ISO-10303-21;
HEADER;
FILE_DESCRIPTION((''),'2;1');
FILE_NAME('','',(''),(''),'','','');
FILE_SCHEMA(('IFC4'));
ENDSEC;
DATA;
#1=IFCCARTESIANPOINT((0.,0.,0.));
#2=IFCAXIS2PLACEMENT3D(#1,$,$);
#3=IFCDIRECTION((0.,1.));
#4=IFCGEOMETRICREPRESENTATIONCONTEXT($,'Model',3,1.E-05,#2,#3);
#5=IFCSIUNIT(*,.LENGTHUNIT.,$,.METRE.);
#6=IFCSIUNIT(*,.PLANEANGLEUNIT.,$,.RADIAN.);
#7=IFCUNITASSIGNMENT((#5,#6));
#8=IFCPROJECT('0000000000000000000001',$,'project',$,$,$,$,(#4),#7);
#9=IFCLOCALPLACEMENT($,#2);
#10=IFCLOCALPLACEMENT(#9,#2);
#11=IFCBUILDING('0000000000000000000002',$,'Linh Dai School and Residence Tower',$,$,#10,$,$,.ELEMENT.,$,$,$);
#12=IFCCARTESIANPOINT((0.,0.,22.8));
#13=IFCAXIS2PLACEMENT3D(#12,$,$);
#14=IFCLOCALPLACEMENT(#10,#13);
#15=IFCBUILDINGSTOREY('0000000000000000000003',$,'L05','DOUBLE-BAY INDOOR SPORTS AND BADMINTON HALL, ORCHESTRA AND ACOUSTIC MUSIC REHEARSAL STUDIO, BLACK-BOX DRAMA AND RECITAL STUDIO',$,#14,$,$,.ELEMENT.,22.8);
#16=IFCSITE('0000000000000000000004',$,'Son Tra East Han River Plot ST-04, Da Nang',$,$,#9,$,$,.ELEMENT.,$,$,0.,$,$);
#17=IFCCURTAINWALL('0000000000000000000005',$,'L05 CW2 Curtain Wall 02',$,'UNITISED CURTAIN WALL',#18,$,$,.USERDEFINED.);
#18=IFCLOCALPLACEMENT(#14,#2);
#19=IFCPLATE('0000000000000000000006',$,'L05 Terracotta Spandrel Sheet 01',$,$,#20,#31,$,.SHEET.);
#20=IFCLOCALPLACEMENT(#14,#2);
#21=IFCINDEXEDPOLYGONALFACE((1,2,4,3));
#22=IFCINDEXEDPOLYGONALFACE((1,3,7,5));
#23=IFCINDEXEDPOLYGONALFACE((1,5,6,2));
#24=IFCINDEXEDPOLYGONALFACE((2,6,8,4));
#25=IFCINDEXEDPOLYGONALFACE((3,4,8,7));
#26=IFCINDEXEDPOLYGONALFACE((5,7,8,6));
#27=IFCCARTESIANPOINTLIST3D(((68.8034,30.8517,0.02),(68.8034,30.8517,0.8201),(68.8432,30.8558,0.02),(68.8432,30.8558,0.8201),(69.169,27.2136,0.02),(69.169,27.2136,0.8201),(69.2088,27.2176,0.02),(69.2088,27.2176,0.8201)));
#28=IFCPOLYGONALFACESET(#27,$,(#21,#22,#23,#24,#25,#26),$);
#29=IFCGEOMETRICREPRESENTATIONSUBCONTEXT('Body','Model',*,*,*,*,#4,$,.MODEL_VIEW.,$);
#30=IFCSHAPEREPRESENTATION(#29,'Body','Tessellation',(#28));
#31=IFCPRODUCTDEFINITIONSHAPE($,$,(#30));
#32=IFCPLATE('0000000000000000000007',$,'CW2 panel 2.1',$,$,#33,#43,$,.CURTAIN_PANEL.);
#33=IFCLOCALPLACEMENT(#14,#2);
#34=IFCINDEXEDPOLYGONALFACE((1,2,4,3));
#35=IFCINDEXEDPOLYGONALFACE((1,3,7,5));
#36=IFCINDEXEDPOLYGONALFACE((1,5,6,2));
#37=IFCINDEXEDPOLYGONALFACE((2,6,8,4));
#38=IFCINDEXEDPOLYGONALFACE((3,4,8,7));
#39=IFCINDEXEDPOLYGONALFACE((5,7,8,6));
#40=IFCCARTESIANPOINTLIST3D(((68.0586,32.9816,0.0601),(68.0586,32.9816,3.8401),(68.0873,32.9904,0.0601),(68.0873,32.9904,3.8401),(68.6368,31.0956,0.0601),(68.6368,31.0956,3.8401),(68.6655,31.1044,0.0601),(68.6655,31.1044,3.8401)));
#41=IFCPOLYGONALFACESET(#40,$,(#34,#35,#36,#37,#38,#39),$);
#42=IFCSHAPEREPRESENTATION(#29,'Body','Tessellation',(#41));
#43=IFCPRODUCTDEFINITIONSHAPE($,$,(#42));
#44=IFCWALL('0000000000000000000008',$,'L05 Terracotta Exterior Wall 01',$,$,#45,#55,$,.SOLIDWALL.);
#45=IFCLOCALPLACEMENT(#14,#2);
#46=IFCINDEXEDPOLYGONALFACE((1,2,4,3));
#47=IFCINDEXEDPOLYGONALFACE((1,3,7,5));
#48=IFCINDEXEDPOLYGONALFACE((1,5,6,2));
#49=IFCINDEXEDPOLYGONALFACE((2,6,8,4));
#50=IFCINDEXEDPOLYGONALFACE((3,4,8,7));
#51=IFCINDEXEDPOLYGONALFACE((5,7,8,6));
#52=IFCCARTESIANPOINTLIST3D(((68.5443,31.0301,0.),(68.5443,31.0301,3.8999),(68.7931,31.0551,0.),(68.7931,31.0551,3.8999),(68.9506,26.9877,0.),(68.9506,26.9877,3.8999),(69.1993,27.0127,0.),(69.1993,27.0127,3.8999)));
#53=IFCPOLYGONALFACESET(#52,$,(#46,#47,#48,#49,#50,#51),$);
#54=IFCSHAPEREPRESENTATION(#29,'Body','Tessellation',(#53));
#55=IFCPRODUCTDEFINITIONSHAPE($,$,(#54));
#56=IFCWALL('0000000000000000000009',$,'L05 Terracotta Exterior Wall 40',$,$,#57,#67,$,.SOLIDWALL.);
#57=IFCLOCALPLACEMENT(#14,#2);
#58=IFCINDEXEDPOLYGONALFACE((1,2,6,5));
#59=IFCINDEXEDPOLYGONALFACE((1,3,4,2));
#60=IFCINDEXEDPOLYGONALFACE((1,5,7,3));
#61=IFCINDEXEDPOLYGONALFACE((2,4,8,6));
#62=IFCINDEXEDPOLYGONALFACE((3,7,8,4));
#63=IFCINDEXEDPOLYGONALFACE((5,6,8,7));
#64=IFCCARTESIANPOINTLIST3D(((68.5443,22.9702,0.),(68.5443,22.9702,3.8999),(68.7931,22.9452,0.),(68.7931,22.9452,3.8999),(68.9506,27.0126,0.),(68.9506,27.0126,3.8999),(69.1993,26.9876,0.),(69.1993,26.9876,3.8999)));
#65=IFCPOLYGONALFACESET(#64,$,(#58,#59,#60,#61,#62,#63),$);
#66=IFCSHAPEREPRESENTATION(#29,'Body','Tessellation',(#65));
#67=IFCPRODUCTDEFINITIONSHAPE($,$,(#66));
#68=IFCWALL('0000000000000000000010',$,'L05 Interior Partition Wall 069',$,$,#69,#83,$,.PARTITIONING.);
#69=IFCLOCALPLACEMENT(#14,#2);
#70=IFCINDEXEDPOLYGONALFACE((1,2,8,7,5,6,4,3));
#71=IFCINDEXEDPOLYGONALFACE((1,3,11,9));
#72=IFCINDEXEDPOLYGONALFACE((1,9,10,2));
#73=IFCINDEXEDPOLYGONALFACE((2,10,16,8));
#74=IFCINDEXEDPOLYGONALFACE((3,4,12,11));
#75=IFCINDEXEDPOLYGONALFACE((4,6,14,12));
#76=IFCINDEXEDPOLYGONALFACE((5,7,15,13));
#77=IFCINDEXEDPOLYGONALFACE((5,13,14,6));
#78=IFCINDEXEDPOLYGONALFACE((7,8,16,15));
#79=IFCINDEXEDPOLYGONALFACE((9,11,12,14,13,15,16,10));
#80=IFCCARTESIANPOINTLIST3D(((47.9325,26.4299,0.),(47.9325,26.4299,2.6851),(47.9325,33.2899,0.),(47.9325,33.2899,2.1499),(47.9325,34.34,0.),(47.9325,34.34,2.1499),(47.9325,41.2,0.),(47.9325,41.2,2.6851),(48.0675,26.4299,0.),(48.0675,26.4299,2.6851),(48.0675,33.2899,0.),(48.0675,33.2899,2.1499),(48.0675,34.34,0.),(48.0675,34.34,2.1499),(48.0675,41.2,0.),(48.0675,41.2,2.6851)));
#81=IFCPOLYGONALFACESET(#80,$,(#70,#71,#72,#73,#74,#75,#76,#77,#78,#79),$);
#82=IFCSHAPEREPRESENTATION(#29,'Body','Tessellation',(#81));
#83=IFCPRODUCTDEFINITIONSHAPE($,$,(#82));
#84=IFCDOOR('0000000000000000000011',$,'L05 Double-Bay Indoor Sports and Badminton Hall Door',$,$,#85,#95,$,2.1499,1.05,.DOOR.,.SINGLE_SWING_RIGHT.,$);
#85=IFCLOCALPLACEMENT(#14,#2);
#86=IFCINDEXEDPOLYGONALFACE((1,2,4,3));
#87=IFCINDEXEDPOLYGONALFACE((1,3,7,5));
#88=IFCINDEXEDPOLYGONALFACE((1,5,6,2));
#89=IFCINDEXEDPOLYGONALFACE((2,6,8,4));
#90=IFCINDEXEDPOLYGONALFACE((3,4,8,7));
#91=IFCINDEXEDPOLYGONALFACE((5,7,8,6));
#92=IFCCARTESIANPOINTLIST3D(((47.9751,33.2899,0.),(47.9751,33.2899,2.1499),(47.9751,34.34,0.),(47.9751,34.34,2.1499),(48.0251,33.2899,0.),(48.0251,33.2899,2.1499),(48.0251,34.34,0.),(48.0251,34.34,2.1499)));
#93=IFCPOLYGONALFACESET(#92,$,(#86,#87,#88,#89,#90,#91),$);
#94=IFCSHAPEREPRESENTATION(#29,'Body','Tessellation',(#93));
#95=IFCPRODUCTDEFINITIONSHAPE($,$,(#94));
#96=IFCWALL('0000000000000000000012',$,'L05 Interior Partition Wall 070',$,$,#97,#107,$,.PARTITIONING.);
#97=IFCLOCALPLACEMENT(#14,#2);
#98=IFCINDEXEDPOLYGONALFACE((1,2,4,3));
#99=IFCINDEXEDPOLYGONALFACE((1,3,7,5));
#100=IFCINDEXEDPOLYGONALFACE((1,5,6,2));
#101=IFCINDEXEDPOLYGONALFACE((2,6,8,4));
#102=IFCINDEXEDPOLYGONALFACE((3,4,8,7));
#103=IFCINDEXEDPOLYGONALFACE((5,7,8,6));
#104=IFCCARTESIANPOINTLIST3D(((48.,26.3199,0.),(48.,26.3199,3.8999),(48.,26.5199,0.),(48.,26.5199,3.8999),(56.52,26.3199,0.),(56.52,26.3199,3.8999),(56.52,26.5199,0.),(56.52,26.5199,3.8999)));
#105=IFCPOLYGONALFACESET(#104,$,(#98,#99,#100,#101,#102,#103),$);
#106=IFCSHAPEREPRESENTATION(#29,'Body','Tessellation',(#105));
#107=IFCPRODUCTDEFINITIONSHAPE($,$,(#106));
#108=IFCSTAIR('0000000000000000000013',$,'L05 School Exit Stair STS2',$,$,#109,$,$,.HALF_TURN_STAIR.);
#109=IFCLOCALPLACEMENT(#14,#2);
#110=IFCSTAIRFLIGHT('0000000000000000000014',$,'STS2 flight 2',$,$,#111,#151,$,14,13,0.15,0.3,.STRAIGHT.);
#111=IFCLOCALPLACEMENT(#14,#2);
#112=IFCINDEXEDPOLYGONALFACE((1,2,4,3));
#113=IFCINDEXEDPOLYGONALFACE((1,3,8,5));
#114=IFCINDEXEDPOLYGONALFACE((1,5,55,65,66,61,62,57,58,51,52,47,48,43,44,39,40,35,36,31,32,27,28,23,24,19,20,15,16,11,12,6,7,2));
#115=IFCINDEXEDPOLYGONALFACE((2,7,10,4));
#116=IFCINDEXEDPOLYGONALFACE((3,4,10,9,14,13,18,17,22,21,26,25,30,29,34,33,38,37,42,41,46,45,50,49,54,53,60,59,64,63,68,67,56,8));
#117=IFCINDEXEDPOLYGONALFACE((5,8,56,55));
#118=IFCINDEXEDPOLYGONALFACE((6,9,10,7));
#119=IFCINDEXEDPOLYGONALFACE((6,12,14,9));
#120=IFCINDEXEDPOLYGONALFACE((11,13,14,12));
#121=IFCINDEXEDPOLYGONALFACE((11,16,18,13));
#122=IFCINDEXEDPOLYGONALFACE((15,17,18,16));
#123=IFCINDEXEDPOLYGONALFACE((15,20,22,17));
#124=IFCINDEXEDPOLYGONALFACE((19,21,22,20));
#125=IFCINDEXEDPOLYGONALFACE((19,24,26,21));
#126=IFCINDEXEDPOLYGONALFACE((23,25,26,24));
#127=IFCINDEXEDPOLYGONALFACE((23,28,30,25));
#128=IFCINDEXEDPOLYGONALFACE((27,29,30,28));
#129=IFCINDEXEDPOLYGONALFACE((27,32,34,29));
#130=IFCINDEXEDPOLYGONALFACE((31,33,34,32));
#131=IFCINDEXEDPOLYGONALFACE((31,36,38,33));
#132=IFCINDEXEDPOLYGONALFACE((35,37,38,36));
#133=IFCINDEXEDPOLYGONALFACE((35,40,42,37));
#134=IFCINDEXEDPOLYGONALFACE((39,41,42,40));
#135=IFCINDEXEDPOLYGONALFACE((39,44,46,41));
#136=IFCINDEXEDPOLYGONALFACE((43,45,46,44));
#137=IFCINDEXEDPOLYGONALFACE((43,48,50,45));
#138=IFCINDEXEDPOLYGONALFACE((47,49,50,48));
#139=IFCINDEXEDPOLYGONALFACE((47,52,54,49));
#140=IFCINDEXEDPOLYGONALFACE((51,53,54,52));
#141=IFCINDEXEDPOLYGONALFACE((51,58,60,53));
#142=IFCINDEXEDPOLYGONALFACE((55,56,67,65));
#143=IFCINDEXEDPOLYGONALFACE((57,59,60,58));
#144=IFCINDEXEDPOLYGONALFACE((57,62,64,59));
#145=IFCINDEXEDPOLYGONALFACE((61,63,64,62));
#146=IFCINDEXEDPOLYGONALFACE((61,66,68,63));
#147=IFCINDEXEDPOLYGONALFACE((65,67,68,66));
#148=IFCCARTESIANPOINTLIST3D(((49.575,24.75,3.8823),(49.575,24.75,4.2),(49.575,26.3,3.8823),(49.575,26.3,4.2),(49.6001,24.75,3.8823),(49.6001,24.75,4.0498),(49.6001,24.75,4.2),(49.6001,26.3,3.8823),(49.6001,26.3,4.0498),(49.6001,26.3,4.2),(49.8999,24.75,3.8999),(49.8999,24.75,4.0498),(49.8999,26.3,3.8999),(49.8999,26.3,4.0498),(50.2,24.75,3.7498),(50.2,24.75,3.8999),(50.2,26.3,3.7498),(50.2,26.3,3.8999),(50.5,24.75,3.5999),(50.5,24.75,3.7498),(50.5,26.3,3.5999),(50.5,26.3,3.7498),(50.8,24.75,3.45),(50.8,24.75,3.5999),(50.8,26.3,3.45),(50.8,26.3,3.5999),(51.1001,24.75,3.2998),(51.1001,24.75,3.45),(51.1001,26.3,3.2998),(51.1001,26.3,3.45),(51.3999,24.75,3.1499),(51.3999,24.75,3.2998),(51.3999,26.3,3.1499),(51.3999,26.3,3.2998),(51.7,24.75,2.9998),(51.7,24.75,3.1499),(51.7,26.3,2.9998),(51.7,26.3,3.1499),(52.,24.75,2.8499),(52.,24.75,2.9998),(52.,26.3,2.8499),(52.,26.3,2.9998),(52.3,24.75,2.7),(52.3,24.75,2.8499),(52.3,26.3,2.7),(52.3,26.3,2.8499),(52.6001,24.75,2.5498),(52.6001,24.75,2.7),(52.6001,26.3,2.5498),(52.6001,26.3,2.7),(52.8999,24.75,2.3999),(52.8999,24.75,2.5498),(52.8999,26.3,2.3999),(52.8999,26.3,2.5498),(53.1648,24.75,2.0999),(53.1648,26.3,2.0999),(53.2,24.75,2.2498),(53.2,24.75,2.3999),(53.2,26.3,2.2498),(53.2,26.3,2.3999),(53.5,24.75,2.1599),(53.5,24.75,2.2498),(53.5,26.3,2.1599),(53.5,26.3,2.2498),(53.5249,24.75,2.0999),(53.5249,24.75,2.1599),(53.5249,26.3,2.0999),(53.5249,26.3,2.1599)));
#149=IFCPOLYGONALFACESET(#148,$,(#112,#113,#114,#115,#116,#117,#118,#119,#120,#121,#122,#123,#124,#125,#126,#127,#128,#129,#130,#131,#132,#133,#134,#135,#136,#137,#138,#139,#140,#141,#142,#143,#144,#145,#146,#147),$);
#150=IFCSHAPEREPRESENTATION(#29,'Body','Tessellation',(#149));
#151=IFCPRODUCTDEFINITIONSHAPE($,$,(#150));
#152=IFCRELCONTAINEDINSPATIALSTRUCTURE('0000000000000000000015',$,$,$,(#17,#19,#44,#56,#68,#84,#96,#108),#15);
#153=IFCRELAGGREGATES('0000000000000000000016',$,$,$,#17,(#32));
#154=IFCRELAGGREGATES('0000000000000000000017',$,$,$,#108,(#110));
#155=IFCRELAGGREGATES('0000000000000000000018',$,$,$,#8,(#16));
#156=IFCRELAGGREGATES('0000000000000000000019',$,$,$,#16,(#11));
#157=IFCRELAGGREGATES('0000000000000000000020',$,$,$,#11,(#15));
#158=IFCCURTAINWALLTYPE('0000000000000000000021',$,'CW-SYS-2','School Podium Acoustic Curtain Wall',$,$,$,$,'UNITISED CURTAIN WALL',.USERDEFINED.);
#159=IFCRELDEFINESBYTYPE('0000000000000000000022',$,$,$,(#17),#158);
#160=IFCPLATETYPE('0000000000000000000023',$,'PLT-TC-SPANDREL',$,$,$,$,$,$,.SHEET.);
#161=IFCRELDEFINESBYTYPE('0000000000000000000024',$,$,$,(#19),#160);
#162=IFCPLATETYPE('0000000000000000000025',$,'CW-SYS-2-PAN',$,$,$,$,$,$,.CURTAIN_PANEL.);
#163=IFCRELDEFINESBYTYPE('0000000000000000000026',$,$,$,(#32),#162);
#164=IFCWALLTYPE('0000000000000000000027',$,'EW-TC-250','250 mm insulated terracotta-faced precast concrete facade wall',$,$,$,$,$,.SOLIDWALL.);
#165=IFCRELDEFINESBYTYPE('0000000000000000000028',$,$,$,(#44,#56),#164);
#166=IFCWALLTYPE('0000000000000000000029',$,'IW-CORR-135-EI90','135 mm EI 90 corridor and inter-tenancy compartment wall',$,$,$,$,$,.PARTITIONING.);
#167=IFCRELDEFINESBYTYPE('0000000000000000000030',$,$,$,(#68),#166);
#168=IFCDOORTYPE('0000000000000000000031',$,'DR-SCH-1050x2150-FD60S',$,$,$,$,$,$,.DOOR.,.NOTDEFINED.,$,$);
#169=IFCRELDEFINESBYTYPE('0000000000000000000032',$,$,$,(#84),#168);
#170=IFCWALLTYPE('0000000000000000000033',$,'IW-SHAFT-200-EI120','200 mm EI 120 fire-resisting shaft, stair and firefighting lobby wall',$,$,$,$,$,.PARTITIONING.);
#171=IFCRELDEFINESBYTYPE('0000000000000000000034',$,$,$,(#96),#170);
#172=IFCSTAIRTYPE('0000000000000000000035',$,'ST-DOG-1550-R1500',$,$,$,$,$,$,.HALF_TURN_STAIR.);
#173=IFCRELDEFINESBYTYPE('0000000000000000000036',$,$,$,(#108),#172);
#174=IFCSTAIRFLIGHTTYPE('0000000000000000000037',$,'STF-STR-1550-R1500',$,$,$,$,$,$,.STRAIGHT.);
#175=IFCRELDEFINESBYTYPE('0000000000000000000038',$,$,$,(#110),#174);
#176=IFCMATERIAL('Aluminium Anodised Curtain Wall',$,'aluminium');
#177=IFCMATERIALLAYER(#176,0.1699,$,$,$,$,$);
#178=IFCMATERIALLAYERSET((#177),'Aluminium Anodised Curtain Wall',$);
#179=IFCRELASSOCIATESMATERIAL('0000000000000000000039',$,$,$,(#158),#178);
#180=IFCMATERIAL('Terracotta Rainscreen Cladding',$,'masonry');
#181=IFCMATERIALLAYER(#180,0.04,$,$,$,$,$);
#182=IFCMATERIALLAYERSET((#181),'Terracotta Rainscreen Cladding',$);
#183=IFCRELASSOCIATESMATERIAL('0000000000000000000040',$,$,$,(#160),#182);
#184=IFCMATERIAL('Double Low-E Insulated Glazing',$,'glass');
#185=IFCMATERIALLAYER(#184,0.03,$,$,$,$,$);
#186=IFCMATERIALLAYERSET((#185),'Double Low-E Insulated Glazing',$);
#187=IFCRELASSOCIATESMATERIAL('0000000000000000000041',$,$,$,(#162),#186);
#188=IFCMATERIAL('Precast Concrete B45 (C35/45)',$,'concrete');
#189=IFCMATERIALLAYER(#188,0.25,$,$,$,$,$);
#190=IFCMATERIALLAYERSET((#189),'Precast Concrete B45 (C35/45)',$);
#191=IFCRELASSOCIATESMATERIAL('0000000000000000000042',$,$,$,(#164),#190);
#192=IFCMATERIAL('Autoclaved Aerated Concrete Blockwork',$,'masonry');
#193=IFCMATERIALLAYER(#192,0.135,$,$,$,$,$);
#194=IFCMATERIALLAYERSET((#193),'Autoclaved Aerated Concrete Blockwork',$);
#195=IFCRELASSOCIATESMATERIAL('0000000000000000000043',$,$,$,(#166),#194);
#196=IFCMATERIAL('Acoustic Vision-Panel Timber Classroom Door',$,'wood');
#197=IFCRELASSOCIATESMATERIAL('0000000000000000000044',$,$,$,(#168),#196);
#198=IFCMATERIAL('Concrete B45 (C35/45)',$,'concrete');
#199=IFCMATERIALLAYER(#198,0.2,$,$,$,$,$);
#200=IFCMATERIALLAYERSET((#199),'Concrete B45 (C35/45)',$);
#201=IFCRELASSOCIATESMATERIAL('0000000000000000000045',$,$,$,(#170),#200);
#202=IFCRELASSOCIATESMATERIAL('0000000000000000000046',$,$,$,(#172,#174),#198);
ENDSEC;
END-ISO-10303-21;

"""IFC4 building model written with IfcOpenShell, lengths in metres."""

from ifc_helpers import new_model, si_unit, direction, frame, frame_2d, origin, origin_2d, place, context, subcontext, project, spatial, polyline, rectangle, outline, extrude, source, transform, mapped, material, layer, layer_set, type_object, element, fill, aggregate, save


model = new_model("IFC4")

# Units and contexts
model_context = context("Model", 3, precision=1e-05, world=origin(), true_north=direction((0.0, 1.0)))
body_context = subcontext(model_context, "Body", "Model", "MODEL_VIEW")
ifc_project = project(units=[si_unit("LENGTHUNIT", "METRE"), si_unit("PLANEANGLEUNIT", "RADIAN")], contexts=[model_context])

# Site, building, storey
site_placement = place(None, origin())
site = spatial("IfcSite", under=ifc_project, at=site_placement, Name="Son Tra East Han River Plot ST-04, Da Nang", CompositionType="ELEMENT", RefElevation=0.0)
building_placement = place(site_placement, origin())
building = spatial("IfcBuilding", under=site, at=building_placement, Name="Linh Dai School and Residence Tower", CompositionType="ELEMENT")
storey_placement = place(building_placement, frame((0.0, 0.0, 22.8)))
storey = spatial("IfcBuildingStorey", under=building, at=storey_placement, Name="L05", Description="DOUBLE-BAY INDOOR SPORTS AND BADMINTON HALL, ORCHESTRA AND ACOUSTIC MUSIC REHEARSAL STUDIO, BLACK-BOX DRAMA AND RECITAL STUDIO", CompositionType="ELEMENT", Elevation=22.8)

# Curtain wall
ifc_material_1 = material(Name="Aluminium Anodised Curtain Wall", Category="aluminium")
ifc_layer_1 = layer(ifc_material_1, 0.1699)
ifc_layer_set_1 = layer_set([ifc_layer_1], Name="Aluminium Anodised Curtain Wall")
curtain_wall_type = type_object("IfcCurtainWallType", Name="CW-SYS-2", Description="School Podium Acoustic Curtain Wall", ElementType="UNITISED CURTAIN WALL", PredefinedType="USERDEFINED", material=ifc_layer_set_1)
curtain_wall_placement = place(storey_placement, origin())
curtain_wall = element("IfcCurtainWall", 1, at=curtain_wall_placement, inside=storey, type_object=curtain_wall_type, Name="L05 CW2 Curtain Wall 02", ObjectType="UNITISED CURTAIN WALL", PredefinedType="USERDEFINED")

# Plates
ifc_material_2 = material(Name="Terracotta Rainscreen Cladding", Category="masonry")
ifc_layer_2 = layer(ifc_material_2, 0.04)
ifc_layer_set_2 = layer_set([ifc_layer_2], Name="Terracotta Rainscreen Cladding")
plate_type_1 = type_object("IfcPlateType", Name="PLT-TC-SPANDREL", PredefinedType="SHEET", material=ifc_layer_set_2)
shared_shape_1 = source(origin(), body_context, "Body", "SweptSolid", [
    extrude(rectangle(XDim=3.6565, YDim=0.04, at=origin_2d()), origin(), (0.0, 0.0, 1.0), 0.8),
])
plate_1_placement = place(storey_placement, frame((69.0061, 29.0347, 0.02), z_axis=(0.0, 0.0, 1.0), x_axis=(0.099995, -0.994988, 0.0)))
element("IfcPlate", 2, at=plate_1_placement, inside=storey, type_object=plate_type_1, Name="L05 Terracotta Spandrel Sheet 01", PredefinedType="SHEET", context=body_context, shape_type="MappedRepresentation", body=[
    mapped(shared_shape_1, transform((0.0, 0.0, 0.0), x_axis=(1.0, 0.0, 0.0), y_axis=(0.0, 1.0, 0.0), z_axis=(0.0, 0.0, 1.0), scale=1.0)),
])
ifc_material_3 = material(Name="Double Low-E Insulated Glazing", Category="glass")
ifc_layer_3 = layer(ifc_material_3, 0.03)
ifc_layer_set_3 = layer_set([ifc_layer_3], Name="Double Low-E Insulated Glazing")
plate_type_2 = type_object("IfcPlateType", Name="CW-SYS-2-PAN", PredefinedType="CURTAIN_PANEL", material=ifc_layer_set_3)
shared_shape_2 = source(origin(), body_context, "Body", "SweptSolid", [
    extrude(rectangle(XDim=1.9727, YDim=0.03, at=origin_2d()), origin(), (0.0, 0.0, 1.0), 3.78),
])
plate_2_placement = place(storey_placement, frame((68.3621, 32.043, 0.0601), z_axis=(0.0, 0.0, 1.0), x_axis=(0.293104, -0.956081, 0.0)))
plate_2 = element("IfcPlate", 3, at=plate_2_placement, type_object=plate_type_2, Name="CW2 panel 2.1", PredefinedType="CURTAIN_PANEL", context=body_context, shape_type="MappedRepresentation", body=[
    mapped(shared_shape_2, transform((0.0, 0.0, 0.0), x_axis=(1.0, 0.0, 0.0), y_axis=(0.0, 1.0, 0.0), z_axis=(0.0, 0.0, 1.0), scale=1.0)),
])
aggregate(curtain_wall, [plate_2])

# Walls
ifc_material_4 = material(Name="Precast Concrete B45 (C35/45)", Category="concrete")
ifc_layer_4 = layer(ifc_material_4, 0.25)
ifc_layer_set_4 = layer_set([ifc_layer_4], Name="Precast Concrete B45 (C35/45)")
wall_type_1 = type_object("IfcWallType", Name="EW-TC-250", Description="250 mm insulated terracotta-faced precast concrete facade wall", PredefinedType="SOLIDWALL", material=ifc_layer_set_4)
for number, where, z_axis, x_axis, name in (
    (4, (68.6687, 31.0425, 0.0), (0.0, 0.0, 1.0), (0.099992, -0.994988, 0.0), "L05 Terracotta Exterior Wall 01"),
    (5, (69.075, 27.0, 0.0), (0.0, 0.0, 1.0), (-0.099992, -0.994988, 0.0), "L05 Terracotta Exterior Wall 40"),
):
    element("IfcWall", number, at=place(storey_placement, frame(where, z_axis=z_axis, x_axis=x_axis)), inside=storey, type_object=wall_type_1, Name=name, PredefinedType="SOLIDWALL", context=body_context, shape_type="SweptSolid", body=[
        extrude(rectangle(XDim=4.0627, YDim=0.25, at=frame_2d((2.0312, 0.0))), origin(), (0.0, 0.0, 1.0), 3.8999),
    ])

# Wall, opening, door
ifc_material_5 = material(Name="Autoclaved Aerated Concrete Blockwork", Category="masonry")
ifc_layer_5 = layer(ifc_material_5, 0.135)
ifc_layer_set_5 = layer_set([ifc_layer_5], Name="Autoclaved Aerated Concrete Blockwork")
wall_type_2 = type_object("IfcWallType", Name="IW-CORR-135-EI90", Description="135 mm EI 90 corridor and inter-tenancy compartment wall", PredefinedType="PARTITIONING", material=ifc_layer_set_5)
wall_1_placement = place(storey_placement, frame((48.0, 26.4299, 0.0), z_axis=(0.0, 0.0, 1.0), x_axis=(0.0, 1.0, 0.0)))
wall_1 = element("IfcWall", 6, at=wall_1_placement, inside=storey, type_object=wall_type_2, Name="L05 Interior Partition Wall 069", PredefinedType="PARTITIONING", context=body_context, shape_type="SweptSolid", body=[
    extrude(rectangle(XDim=14.77, YDim=0.135, at=frame_2d((7.385, 0.0))), origin(), (0.0, 0.0, 1.0), 2.6851),
])
opening_placement = place(wall_1_placement, frame((6.8601, 0.0, 0.0)))
opening = element("IfcOpeningElement", 7, at=opening_placement, cuts=wall_1, PredefinedType="OPENING", context=body_context, shape_type="SweptSolid", body=[
    extrude(rectangle(XDim=1.05, YDim=2.1499, at=origin_2d()), frame((0.5249, 0.0776, 1.075), z_axis=(0.0, -1.0, 0.0), x_axis=(1.0, 0.0, 0.0)), (0.0, 0.0, 1.0), 0.155),
])
ifc_material_6 = material(Name="Acoustic Vision-Panel Timber Classroom Door", Category="wood")
door_type = type_object("IfcDoorType", Name="DR-SCH-1050x2150-FD60S", OperationType="NOTDEFINED", PredefinedType="DOOR", material=ifc_material_6)
shared_shape_3 = source(origin(), body_context, "Body", "SweptSolid", [
    extrude(rectangle(XDim=1.05, YDim=2.1499, at=origin_2d()), frame((0.5249, 0.0249, 1.075), z_axis=(0.0, -1.0, 0.0), x_axis=(1.0, 0.0, 0.0)), (0.0, 0.0, 1.0), 0.05),
])
door_placement = place(opening_placement, origin())
door = element("IfcDoor", 8, at=door_placement, inside=storey, type_object=door_type, Name="L05 Double-Bay Indoor Sports and Badminton Hall Door", OperationType="SINGLE_SWING_RIGHT", OverallHeight=2.1499, OverallWidth=1.05, PredefinedType="DOOR", context=body_context, shape_type="MappedRepresentation", body=[
    mapped(shared_shape_3, transform((0.0, 0.0, 0.0), x_axis=(1.0, 0.0, 0.0), y_axis=(0.0, 1.0, 0.0), z_axis=(0.0, 0.0, 1.0), scale=1.0)),
])
fill(opening, door)

# Wall
ifc_material_7 = material(Name="Concrete B45 (C35/45)", Category="concrete")
ifc_layer_6 = layer(ifc_material_7, 0.2)
ifc_layer_set_6 = layer_set([ifc_layer_6], Name="Concrete B45 (C35/45)")
wall_type_3 = type_object("IfcWallType", Name="IW-SHAFT-200-EI120", Description="200 mm EI 120 fire-resisting shaft, stair and firefighting lobby wall", PredefinedType="PARTITIONING", material=ifc_layer_set_6)
wall_2_placement = place(storey_placement, frame((48.0, 26.4199, 0.0), z_axis=(0.0, 0.0, 1.0), x_axis=(1.0, 0.0, 0.0)))
element("IfcWall", 9, at=wall_2_placement, inside=storey, type_object=wall_type_3, Name="L05 Interior Partition Wall 070", PredefinedType="PARTITIONING", context=body_context, shape_type="SweptSolid", body=[
    extrude(rectangle(XDim=8.52, YDim=0.2, at=frame_2d((4.26, 0.0))), origin(), (0.0, 0.0, 1.0), 3.8999),
])

# Stair, stair flight
stair_type = type_object("IfcStairType", Name="ST-DOG-1550-R1500", PredefinedType="HALF_TURN_STAIR", material=ifc_material_7)
stair_placement = place(storey_placement, origin())
stair = element("IfcStair", 10, at=stair_placement, inside=storey, type_object=stair_type, Name="L05 School Exit Stair STS2", PredefinedType="HALF_TURN_STAIR")
stair_flight_type = type_object("IfcStairFlightType", Name="STF-STR-1550-R1500", PredefinedType="STRAIGHT", material=ifc_material_7)
shared_shape_4 = source(origin(), body_context, "Body", "SweptSolid", [
    extrude(outline(polyline([(-0.0249, 0.0), (-0.0249, 0.0601), (0.0, 0.0601), (0.0, 0.1499), (0.3, 0.1499), (0.3, 0.3), (0.6001, 0.3), (0.6001, 0.45), (0.8999, 0.45), (0.8999, 0.6001), (1.2, 0.6001), (1.2, 0.75), (1.5, 0.75), (1.5, 0.8999), (1.8, 0.8999), (1.8, 1.05), (2.1001, 1.05), (2.1001, 1.2), (2.3999, 1.2), (2.3999, 1.3501), (2.7, 1.3501), (2.7, 1.5), (3.0, 1.5), (3.0, 1.6499), (3.3, 1.6499), (3.3, 1.8), (3.6001, 1.8), (3.6001, 1.95), (3.8999, 1.95), (3.8999, 2.1001), (3.925, 2.1001), (3.925, 1.7825), (3.8999, 1.7825), (0.3352, 0.0), (-0.0249, 0.0)])), frame((0.0, 0.7749, 0.0), z_axis=(0.0, -1.0, 0.0), x_axis=(1.0, 0.0, 0.0)), (0.0, 0.0, 1.0), 1.55),
])
stair_flight_placement = place(storey_placement, frame((53.5, 25.5249, 2.0999), z_axis=(0.0, 0.0, 1.0), x_axis=(-1.0, 0.0, 0.0)))
stair_flight = element("IfcStairFlight", 11, at=stair_flight_placement, type_object=stair_flight_type, Name="STS2 flight 2", NumberOfRisers=14, NumberOfTreads=13, PredefinedType="STRAIGHT", RiserHeight=0.15, TreadLength=0.3, context=body_context, shape_type="MappedRepresentation", body=[
    mapped(shared_shape_4, transform((0.0, 0.0, 0.0), x_axis=(1.0, 0.0, 0.0), y_axis=(0.0, 1.0, 0.0), z_axis=(0.0, 0.0, 1.0), scale=1.0)),
])
aggregate(stair, [stair_flight])

save(model, "model.ifc")
